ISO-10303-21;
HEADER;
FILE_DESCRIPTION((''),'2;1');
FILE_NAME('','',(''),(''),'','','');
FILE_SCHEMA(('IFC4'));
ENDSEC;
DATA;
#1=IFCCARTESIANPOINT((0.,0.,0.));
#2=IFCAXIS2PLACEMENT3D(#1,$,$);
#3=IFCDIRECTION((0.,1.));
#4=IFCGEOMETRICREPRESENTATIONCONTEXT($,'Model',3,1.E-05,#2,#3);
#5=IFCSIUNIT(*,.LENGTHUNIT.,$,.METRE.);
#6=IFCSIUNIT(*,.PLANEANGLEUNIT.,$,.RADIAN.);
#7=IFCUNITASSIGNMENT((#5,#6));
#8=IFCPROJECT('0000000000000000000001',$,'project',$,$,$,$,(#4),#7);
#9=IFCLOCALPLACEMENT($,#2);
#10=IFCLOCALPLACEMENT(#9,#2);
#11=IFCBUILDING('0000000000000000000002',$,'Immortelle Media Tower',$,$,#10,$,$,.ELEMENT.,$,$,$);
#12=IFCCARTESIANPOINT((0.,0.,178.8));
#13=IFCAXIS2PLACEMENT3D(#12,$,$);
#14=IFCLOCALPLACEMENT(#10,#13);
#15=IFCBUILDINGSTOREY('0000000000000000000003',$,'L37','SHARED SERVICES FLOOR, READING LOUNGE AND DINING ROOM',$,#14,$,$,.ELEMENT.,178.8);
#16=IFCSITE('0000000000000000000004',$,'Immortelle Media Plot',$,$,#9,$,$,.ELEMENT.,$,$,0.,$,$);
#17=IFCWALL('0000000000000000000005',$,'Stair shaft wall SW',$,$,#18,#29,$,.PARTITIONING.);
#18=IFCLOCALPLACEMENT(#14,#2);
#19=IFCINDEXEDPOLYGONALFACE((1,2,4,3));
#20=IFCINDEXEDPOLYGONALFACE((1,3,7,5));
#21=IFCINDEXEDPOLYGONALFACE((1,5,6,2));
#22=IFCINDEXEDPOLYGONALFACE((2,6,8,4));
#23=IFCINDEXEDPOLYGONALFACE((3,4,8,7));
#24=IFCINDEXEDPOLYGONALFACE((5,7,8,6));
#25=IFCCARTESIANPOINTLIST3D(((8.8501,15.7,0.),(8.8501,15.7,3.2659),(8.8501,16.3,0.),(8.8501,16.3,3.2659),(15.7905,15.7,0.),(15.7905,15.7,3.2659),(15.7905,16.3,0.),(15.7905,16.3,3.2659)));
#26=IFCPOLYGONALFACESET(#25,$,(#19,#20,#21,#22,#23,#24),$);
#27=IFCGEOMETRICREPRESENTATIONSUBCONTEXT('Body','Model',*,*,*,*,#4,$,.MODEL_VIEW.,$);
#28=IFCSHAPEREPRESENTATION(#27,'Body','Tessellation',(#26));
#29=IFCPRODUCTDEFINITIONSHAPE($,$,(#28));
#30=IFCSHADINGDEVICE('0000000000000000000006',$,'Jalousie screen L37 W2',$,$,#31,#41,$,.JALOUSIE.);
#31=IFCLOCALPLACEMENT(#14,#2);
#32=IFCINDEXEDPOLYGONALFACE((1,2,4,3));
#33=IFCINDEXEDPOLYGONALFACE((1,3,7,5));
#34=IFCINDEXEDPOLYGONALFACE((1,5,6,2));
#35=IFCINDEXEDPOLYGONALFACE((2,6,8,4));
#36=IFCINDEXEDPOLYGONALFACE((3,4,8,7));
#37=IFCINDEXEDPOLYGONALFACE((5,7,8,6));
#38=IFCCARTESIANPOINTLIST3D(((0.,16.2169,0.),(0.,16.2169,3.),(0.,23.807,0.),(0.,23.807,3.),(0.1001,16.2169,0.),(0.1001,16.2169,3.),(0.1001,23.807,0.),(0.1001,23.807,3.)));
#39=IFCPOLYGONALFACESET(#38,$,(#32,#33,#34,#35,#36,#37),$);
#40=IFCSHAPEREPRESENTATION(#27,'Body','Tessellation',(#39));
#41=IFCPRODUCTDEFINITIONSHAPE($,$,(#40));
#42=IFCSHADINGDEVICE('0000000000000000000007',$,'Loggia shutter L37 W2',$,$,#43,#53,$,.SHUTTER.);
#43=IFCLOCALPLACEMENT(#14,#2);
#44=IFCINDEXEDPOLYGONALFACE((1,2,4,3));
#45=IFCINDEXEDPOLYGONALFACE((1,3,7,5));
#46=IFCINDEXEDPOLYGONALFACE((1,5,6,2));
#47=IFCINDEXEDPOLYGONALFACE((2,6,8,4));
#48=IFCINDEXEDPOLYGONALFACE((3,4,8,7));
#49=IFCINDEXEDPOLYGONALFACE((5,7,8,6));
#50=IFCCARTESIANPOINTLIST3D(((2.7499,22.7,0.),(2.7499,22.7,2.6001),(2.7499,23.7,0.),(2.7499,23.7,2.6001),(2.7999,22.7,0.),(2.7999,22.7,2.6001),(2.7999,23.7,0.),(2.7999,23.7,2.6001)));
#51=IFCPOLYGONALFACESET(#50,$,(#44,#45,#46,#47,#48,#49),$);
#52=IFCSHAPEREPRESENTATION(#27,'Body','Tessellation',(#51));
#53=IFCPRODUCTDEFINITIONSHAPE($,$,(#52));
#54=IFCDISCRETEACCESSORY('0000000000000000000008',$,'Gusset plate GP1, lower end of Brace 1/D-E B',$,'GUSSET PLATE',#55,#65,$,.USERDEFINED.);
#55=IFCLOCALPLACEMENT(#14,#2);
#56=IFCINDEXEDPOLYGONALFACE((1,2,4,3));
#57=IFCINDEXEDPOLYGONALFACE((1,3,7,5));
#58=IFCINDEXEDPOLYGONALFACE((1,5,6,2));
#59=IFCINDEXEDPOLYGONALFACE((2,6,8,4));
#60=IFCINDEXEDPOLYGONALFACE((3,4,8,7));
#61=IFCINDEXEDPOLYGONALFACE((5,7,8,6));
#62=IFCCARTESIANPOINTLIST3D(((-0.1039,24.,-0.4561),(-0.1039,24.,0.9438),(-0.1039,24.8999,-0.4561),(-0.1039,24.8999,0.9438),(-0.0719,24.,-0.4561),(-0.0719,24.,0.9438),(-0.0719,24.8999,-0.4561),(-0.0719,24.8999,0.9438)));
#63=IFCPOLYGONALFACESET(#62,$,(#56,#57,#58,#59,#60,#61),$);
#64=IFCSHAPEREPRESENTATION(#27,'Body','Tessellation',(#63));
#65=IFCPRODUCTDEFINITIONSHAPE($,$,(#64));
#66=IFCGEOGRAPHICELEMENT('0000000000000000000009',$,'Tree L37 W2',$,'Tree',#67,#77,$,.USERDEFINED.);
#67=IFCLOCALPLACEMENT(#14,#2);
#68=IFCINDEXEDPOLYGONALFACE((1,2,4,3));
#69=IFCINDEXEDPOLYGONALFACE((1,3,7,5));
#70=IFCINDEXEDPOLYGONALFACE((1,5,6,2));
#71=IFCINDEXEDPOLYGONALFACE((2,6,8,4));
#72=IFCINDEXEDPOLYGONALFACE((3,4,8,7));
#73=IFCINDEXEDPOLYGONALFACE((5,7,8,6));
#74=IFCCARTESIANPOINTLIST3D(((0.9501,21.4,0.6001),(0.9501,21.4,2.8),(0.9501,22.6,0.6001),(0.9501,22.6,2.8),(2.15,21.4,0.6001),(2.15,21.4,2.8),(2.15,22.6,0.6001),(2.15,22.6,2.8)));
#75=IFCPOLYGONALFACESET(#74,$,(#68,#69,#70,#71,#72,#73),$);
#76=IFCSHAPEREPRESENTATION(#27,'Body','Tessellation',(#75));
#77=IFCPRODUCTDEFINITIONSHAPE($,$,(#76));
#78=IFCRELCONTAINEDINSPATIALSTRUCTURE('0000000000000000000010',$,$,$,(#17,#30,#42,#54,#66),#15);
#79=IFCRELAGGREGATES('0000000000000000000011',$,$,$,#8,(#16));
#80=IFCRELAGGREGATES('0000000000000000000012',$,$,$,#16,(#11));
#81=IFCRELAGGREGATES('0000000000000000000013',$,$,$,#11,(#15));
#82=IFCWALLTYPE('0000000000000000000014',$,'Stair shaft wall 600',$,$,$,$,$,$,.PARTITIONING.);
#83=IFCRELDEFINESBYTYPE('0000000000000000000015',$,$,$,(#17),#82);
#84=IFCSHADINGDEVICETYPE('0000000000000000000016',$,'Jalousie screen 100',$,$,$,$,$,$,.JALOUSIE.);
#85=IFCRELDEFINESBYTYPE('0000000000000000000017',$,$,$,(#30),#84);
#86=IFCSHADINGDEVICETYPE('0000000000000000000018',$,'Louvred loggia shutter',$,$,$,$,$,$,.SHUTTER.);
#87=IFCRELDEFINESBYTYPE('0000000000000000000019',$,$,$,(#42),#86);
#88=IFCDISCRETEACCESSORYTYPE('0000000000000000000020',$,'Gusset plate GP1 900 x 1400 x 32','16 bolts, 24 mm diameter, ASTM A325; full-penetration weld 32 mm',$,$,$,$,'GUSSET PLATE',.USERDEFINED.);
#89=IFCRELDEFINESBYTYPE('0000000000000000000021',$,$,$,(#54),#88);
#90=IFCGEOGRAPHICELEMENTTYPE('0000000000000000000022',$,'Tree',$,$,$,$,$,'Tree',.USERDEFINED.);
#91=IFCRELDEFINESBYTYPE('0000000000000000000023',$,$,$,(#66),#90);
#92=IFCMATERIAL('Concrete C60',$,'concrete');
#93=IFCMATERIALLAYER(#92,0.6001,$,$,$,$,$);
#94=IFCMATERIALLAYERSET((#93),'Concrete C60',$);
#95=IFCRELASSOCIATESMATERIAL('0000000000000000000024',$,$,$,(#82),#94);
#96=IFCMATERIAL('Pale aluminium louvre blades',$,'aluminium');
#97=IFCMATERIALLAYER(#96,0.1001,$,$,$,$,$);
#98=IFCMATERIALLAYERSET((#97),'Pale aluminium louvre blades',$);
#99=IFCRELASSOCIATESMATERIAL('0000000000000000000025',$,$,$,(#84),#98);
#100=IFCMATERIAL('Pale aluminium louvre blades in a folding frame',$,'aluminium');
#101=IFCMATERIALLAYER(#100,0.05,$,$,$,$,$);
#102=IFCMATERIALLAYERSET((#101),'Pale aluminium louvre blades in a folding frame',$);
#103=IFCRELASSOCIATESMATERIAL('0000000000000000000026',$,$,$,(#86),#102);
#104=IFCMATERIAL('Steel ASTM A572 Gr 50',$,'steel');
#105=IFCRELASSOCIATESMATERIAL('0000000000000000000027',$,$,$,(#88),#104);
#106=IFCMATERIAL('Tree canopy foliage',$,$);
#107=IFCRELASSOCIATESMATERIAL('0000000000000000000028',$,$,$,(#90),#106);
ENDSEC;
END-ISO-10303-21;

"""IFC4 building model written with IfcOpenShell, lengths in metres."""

from ifc_helpers import new_model, si_unit, direction, frame, frame_2d, origin, origin_2d, place, context, subcontext, project, spatial, rectangle, extrude, material, layer, layer_set, material_profile, profile_set, type_object, element, save


model = new_model("IFC4")

# Units and contexts
model_context = context("Model", 3, precision=1e-05, world=origin(), true_north=direction((0.0, 1.0)))
body_context = subcontext(model_context, "Body", "Model", "MODEL_VIEW")
ifc_project = project(units=[si_unit("LENGTHUNIT", "METRE"), si_unit("PLANEANGLEUNIT", "RADIAN")], contexts=[model_context])

# Site, building, storey
site_placement = place(None, origin())
site = spatial("IfcSite", under=ifc_project, at=site_placement, Name="Immortelle Media Plot", CompositionType="ELEMENT", RefElevation=0.0)
building_placement = place(site_placement, origin())
building = spatial("IfcBuilding", under=site, at=building_placement, Name="Immortelle Media Tower", CompositionType="ELEMENT")
storey_placement = place(building_placement, frame((0.0, 0.0, 178.8)))
storey = spatial("IfcBuildingStorey", under=building, at=storey_placement, Name="L37", Description="SHARED SERVICES FLOOR, READING LOUNGE AND DINING ROOM", CompositionType="ELEMENT", Elevation=178.8)

# Wall
ifc_material_1 = material(Name="Concrete C60", Category="concrete")
ifc_layer_1 = layer(ifc_material_1, 0.6001)
ifc_layer_set_1 = layer_set([ifc_layer_1], Name="Concrete C60")
wall_type_1 = type_object("IfcWallType", Name="Stair shaft wall 600", PredefinedType="PARTITIONING", material=ifc_layer_set_1)
wall_1_placement = place(storey_placement, frame((8.8501, 16.0, 0.0), z_axis=(0.0, 0.0, 1.0), x_axis=(1.0, 0.0, 0.0)))
element("IfcWall", 1, at=wall_1_placement, inside=storey, type_object=wall_type_1, Name="Stair shaft wall SW", PredefinedType="PARTITIONING", context=body_context, shape_type="SweptSolid", body=[
    extrude(rectangle(XDim=6.9404, YDim=0.6001, at=frame_2d((3.4702, 0.0))), origin(), (0.0, 0.0, 1.0), 3.2659),
])

# Shading devices
ifc_material_2 = material(Name="Pale aluminium louvre blades", Category="aluminium")
ifc_layer_2 = layer(ifc_material_2, 0.1001)
ifc_layer_set_2 = layer_set([ifc_layer_2], Name="Pale aluminium louvre blades")
shading_device_type_1 = type_object("IfcShadingDeviceType", Name="Jalousie screen 100", PredefinedType="JALOUSIE", material=ifc_layer_set_2)
shading_device_1_placement = place(storey_placement, frame((0.05, 20.012, 0.0), z_axis=(0.0, 0.0, 1.0), x_axis=(0.0, -1.0, 0.0)))
element("IfcShadingDevice", 2, at=shading_device_1_placement, inside=storey, type_object=shading_device_type_1, Name="Jalousie screen L37 W2", PredefinedType="JALOUSIE", context=body_context, shape_type="SweptSolid", body=[
    extrude(rectangle(XDim=7.5901, YDim=0.1001, at=origin_2d()), origin(), (0.0, 0.0, 1.0), 3.0),
])
ifc_material_3 = material(Name="Pale aluminium louvre blades in a folding frame", Category="aluminium")
ifc_layer_3 = layer(ifc_material_3, 0.05)
ifc_layer_set_3 = layer_set([ifc_layer_3], Name="Pale aluminium louvre blades in a folding frame")
shading_device_type_2 = type_object("IfcShadingDeviceType", Name="Louvred loggia shutter", PredefinedType="SHUTTER", material=ifc_layer_set_3)
shading_device_2_placement = place(storey_placement, frame((2.7749, 23.2, 0.0), z_axis=(0.0, 0.0, 1.0), x_axis=(0.0, -1.0, 0.0)))
element("IfcShadingDevice", 3, at=shading_device_2_placement, inside=storey, type_object=shading_device_type_2, Name="Loggia shutter L37 W2", PredefinedType="SHUTTER", context=body_context, shape_type="SweptSolid", body=[
    extrude(rectangle(XDim=1.0, YDim=0.05, at=origin_2d()), origin(), (0.0, 0.0, 1.0), 2.6001),
])

# Discrete accessory
ifc_material_4 = material(Name="Steel ASTM A572 Gr 50", Category="steel")
ifc_material_profile_1 = material_profile(ifc_material_4, rectangle(XDim=0.032, YDim=1.3999, at=origin_2d()), Name="PL 32 x 1400")
ifc_profile_set_1 = profile_set([ifc_material_profile_1], Name="Steel ASTM A572 Gr 50")
discrete_accessory_type = type_object("IfcDiscreteAccessoryType", Name="Gusset plate GP1 900 x 1400 x 32", Description="16 bolts, 24 mm diameter, ASTM A325; full-penetration weld 32 mm", ElementType="GUSSET PLATE", PredefinedType="USERDEFINED", material=ifc_profile_set_1)
discrete_accessory_placement = place(storey_placement, frame((-0.0879, 24.0, 0.2439), z_axis=(0.0, 1.0, 0.0), x_axis=(-1.0, 0.0, 0.0)))
element("IfcDiscreteAccessory", 4, at=discrete_accessory_placement, inside=storey, type_object=discrete_accessory_type, Name="Gusset plate GP1, lower end of Brace 1/D-E B", ObjectType="GUSSET PLATE", PredefinedType="USERDEFINED", context=body_context, shape_type="SweptSolid", body=[
    extrude(rectangle(XDim=0.032, YDim=1.3999, at=origin_2d()), origin(), (0.0, 0.0, 1.0), 0.8999),
])

# Geographic element
ifc_material_5 = material(Name="Tree canopy foliage")
geographic_element_type = type_object("IfcGeographicElementType", Name="Tree", ElementType="Tree", PredefinedType="USERDEFINED", material=ifc_material_5)
geographic_element_placement = place(storey_placement, frame((1.55, 22.0, 0.6001), z_axis=(0.0, 0.0, 1.0), x_axis=(1.0, 0.0, 0.0)))
element("IfcGeographicElement", 5, at=geographic_element_placement, inside=storey, type_object=geographic_element_type, Name="Tree L37 W2", ObjectType="Tree", PredefinedType="USERDEFINED", context=body_context, shape_type="SweptSolid", body=[
    extrude(rectangle(XDim=1.2, YDim=1.2, at=origin_2d()), origin(), (0.0, 0.0, 1.0), 2.2),
])

save(model, "model.ifc")
